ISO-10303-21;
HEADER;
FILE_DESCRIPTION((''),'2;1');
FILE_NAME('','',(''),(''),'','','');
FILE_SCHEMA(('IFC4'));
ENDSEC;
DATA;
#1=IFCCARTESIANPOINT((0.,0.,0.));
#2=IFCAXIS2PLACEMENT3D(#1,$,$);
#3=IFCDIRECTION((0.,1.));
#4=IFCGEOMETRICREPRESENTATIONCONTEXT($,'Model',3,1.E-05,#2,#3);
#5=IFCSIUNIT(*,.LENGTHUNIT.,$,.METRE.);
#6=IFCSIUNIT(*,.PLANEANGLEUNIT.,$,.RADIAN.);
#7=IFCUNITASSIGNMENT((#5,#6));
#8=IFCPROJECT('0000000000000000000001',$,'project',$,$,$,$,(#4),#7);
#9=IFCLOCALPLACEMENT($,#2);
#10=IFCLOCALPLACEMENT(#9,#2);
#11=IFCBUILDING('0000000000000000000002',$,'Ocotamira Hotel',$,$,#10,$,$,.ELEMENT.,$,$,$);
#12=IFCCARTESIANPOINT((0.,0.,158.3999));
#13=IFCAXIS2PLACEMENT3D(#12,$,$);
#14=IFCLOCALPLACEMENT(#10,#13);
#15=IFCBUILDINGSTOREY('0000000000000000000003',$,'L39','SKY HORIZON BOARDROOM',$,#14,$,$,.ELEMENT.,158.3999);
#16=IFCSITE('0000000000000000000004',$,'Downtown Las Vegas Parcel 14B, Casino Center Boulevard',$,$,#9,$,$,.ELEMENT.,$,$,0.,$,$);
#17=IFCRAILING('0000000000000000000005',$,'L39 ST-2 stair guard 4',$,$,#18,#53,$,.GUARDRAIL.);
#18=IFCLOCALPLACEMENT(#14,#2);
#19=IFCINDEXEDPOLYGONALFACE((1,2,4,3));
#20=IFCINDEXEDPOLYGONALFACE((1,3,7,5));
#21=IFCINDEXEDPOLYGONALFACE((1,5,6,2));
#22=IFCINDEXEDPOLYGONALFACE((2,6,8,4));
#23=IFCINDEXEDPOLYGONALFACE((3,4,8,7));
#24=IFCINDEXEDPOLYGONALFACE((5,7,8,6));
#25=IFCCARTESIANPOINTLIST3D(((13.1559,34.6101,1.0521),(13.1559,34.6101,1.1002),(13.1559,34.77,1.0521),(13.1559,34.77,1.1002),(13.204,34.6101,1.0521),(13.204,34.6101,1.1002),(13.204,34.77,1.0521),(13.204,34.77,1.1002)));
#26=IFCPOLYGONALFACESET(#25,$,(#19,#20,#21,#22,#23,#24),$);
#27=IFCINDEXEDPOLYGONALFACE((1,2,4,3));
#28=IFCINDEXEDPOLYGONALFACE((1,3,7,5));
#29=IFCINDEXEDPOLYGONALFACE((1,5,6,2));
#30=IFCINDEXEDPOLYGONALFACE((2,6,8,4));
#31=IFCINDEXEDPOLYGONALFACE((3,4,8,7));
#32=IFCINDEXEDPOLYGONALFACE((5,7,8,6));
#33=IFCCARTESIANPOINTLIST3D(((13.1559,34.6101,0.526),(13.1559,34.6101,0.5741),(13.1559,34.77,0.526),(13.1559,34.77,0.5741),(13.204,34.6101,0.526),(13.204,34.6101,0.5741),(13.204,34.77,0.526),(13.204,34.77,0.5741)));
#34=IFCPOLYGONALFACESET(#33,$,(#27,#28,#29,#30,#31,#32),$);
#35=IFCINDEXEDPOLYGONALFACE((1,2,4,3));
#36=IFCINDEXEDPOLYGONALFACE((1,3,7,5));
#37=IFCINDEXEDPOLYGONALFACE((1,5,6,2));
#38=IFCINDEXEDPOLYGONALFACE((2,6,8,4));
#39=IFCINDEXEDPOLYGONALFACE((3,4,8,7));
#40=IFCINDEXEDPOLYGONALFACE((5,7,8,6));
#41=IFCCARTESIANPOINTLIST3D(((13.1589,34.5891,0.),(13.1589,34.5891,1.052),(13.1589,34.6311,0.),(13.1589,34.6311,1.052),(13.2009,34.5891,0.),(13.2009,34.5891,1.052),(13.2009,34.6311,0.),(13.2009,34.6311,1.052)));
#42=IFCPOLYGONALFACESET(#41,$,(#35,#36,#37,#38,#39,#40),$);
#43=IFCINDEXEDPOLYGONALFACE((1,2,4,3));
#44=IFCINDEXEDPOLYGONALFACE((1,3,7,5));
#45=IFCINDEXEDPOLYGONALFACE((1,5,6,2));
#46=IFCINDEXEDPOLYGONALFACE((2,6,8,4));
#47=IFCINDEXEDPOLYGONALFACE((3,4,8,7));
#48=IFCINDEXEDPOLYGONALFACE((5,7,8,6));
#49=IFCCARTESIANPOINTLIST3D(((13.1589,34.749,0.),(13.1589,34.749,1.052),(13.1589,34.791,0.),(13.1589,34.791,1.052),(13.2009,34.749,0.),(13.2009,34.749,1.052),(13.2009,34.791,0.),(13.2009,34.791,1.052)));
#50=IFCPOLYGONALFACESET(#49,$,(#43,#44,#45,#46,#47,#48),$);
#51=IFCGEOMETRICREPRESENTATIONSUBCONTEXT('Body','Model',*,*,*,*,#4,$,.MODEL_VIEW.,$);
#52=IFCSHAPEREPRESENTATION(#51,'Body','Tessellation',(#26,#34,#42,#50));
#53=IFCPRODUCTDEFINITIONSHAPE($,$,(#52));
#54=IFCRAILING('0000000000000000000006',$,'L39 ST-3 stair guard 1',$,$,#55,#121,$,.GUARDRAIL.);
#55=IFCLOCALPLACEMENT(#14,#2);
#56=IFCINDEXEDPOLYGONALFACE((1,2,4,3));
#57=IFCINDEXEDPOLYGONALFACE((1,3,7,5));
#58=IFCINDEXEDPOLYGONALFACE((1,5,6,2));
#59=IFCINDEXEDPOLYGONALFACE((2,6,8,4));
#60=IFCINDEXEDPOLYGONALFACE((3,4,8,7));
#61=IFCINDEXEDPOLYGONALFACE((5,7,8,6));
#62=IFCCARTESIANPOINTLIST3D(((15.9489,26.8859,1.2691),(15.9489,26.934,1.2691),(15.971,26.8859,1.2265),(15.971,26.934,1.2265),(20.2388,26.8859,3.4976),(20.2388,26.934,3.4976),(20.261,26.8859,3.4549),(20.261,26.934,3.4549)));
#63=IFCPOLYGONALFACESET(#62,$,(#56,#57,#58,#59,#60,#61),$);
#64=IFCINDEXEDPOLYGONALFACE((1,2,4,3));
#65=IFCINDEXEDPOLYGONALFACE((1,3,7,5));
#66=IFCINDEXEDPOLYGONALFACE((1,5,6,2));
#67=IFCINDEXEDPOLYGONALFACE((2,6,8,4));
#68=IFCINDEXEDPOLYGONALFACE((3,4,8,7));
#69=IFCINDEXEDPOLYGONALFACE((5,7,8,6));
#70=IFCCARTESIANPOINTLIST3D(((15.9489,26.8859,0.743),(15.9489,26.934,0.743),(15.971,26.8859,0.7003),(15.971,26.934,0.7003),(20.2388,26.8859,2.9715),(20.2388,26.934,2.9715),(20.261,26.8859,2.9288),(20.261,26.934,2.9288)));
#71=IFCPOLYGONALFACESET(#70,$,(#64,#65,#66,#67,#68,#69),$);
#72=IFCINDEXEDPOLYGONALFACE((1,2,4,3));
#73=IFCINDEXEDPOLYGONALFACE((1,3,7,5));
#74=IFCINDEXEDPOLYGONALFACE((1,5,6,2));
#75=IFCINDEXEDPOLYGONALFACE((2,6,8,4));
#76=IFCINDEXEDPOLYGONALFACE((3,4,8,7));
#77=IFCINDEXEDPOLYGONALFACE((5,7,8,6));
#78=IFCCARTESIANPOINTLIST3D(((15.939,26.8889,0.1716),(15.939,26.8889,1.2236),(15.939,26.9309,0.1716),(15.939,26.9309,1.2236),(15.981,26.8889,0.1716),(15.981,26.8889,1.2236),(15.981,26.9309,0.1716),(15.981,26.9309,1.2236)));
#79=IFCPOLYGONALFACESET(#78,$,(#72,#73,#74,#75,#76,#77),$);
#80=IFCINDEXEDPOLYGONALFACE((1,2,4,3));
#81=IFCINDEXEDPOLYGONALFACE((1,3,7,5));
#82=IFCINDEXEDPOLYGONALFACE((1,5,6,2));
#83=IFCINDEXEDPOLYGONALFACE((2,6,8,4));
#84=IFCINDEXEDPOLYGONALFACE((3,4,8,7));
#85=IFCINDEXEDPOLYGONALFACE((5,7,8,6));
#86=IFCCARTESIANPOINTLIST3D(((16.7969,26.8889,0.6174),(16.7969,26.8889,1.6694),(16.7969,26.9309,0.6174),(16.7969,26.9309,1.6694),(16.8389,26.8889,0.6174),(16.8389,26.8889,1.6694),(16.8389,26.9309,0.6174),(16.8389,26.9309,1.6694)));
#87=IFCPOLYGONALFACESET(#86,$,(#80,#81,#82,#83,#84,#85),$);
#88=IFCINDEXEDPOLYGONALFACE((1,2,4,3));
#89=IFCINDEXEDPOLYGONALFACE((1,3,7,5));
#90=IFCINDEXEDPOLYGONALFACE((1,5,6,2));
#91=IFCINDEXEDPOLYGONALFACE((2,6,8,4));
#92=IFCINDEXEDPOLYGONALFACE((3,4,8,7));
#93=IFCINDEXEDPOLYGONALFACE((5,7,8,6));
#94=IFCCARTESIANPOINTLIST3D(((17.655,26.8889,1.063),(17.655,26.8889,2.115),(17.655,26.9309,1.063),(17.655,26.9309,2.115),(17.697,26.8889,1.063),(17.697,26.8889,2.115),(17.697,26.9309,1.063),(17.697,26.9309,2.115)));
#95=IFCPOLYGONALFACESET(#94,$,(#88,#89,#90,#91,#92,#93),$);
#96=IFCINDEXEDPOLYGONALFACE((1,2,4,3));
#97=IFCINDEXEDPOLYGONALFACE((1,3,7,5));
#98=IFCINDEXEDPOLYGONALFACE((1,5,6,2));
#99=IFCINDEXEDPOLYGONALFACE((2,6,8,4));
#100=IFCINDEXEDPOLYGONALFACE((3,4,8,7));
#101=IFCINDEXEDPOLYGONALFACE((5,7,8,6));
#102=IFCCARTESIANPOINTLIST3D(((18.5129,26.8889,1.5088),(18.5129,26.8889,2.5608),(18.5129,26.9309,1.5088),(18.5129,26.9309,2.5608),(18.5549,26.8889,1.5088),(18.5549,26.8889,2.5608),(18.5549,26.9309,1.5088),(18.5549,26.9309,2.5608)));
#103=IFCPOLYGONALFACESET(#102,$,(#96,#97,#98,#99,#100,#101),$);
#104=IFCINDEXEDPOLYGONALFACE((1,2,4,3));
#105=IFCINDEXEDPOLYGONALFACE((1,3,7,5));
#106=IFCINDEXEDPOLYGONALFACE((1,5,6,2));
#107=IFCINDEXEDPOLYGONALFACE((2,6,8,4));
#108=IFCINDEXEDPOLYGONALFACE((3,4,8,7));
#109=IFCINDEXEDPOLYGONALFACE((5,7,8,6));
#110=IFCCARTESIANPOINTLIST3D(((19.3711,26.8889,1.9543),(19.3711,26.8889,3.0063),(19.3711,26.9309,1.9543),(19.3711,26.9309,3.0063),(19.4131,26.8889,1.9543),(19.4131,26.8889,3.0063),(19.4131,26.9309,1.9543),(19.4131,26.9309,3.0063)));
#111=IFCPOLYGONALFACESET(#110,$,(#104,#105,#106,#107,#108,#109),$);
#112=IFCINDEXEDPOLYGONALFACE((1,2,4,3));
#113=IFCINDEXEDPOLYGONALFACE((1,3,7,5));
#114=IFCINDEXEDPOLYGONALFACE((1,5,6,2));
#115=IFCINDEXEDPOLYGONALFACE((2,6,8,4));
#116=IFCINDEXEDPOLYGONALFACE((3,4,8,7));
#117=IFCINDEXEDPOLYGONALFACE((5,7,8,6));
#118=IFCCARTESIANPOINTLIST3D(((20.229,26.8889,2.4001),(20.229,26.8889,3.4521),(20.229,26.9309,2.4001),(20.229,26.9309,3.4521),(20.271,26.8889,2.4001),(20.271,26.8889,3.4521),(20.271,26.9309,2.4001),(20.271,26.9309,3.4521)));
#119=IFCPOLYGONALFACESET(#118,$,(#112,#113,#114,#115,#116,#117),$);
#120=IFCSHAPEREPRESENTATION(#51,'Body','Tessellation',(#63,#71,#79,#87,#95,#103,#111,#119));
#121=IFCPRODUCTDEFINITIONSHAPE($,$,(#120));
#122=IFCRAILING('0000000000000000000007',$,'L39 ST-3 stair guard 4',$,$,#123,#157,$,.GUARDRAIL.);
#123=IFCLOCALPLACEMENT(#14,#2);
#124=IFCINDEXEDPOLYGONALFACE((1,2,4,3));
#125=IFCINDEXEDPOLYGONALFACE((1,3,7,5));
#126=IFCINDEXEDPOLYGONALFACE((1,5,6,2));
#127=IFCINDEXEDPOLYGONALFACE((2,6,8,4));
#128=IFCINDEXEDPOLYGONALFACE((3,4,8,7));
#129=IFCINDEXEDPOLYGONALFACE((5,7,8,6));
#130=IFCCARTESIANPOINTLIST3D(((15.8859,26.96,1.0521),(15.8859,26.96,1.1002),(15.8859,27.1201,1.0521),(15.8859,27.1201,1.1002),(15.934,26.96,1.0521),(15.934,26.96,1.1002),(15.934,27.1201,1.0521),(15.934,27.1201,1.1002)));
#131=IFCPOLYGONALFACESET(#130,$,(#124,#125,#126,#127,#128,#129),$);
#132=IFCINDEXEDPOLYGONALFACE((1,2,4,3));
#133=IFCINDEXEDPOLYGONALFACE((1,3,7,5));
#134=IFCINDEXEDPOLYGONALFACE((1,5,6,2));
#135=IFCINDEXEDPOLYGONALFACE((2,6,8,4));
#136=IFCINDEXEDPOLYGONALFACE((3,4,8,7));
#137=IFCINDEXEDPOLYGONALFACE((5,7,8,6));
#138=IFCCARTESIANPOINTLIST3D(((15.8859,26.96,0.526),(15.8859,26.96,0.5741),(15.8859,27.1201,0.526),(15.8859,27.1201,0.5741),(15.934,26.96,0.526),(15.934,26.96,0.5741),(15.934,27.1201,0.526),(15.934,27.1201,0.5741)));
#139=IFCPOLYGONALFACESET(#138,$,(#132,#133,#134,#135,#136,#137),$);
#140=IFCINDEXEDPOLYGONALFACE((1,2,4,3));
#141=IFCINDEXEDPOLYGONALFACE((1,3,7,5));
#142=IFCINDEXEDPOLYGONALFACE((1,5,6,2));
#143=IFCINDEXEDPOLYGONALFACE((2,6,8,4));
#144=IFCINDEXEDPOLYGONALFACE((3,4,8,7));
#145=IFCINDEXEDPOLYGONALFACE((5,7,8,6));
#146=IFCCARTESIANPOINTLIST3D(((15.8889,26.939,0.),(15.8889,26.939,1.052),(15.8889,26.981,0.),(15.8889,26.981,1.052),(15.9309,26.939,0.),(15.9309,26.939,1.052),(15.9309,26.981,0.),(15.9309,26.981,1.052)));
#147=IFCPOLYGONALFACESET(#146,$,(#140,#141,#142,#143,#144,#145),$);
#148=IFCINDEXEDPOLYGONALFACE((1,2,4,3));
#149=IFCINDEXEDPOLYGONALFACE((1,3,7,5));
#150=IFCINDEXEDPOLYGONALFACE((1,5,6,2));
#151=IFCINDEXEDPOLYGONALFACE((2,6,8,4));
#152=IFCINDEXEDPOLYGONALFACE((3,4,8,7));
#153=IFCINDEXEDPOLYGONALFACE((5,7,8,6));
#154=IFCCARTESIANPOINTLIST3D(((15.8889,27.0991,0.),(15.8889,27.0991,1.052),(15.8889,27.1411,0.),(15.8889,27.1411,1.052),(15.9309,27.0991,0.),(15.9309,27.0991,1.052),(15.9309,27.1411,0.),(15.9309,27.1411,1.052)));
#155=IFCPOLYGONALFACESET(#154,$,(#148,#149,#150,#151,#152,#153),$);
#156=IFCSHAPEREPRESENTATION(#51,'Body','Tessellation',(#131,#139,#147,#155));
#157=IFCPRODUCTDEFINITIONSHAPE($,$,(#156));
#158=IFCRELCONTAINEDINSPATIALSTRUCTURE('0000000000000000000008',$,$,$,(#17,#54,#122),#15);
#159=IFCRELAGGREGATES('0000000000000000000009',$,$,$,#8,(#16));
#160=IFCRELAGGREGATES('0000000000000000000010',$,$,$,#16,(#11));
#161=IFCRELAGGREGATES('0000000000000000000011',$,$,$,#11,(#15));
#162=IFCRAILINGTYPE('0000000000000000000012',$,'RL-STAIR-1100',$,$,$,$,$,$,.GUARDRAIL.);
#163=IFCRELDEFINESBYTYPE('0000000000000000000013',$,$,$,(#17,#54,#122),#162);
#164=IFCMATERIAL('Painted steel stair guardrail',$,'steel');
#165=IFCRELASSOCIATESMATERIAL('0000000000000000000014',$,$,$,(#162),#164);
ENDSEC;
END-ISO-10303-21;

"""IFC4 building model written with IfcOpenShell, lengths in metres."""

from ifc_helpers import new_model, si_unit, direction, frame, origin, origin_2d, place, context, subcontext, project, spatial, rectangle, extrude, material, type_object, element, save


model = new_model("IFC4")

# Units and contexts
model_context = context("Model", 3, precision=1e-05, world=origin(), true_north=direction((0.0, 1.0)))
body_context = subcontext(model_context, "Body", "Model", "MODEL_VIEW")
ifc_project = project(units=[si_unit("LENGTHUNIT", "METRE"), si_unit("PLANEANGLEUNIT", "RADIAN")], contexts=[model_context])

# Site, building, storey
site_placement = place(None, origin())
site = spatial("IfcSite", under=ifc_project, at=site_placement, Name="Downtown Las Vegas Parcel 14B, Casino Center Boulevard", CompositionType="ELEMENT", RefElevation=0.0)
building_placement = place(site_placement, origin())
building = spatial("IfcBuilding", under=site, at=building_placement, Name="Ocotamira Hotel", CompositionType="ELEMENT")
storey_placement = place(building_placement, frame((0.0, 0.0, 158.3999)))
storey = spatial("IfcBuildingStorey", under=building, at=storey_placement, Name="L39", Description="SKY HORIZON BOARDROOM", CompositionType="ELEMENT", Elevation=158.3999)

# Railings
ifc_material_1 = material(Name="Painted steel stair guardrail", Category="steel")
railing_type_1 = type_object("IfcRailingType", Name="RL-STAIR-1100", PredefinedType="GUARDRAIL", material=ifc_material_1)
railing_1_placement = place(storey_placement, frame((13.1799, 34.6101, 0.0)))
element("IfcRailing", 1, at=railing_1_placement, inside=storey, type_object=railing_type_1, Name="L39 ST-2 stair guard 4", PredefinedType="GUARDRAIL", context=body_context, shape_type="SweptSolid", body=[
    extrude(rectangle(XDim=0.0481, YDim=0.0481, at=origin_2d()), frame((0.0, 0.0, 1.0762), z_axis=(0.0, 1.0, 0.0), x_axis=(-1.0, 0.0, 0.0)), (0.0, 0.0, 1.0), 0.1599),
    extrude(rectangle(XDim=0.0481, YDim=0.0481, at=origin_2d()), frame((0.0, 0.0, 0.55), z_axis=(0.0, 1.0, 0.0), x_axis=(-1.0, 0.0, 0.0)), (0.0, 0.0, 1.0), 0.1599),
    extrude(rectangle(XDim=0.042, YDim=0.042, at=origin_2d()), origin(), (0.0, 0.0, 1.0), 1.052),
    extrude(rectangle(XDim=0.042, YDim=0.042, at=origin_2d()), frame((0.0, 0.1599, 0.0)), (0.0, 0.0, 1.0), 1.052),
])
railing_2_placement = place(storey_placement, frame((15.96, 26.9099, 0.1716)))
element("IfcRailing", 2, at=railing_2_placement, inside=storey, type_object=railing_type_1, Name="L39 ST-3 stair guard 1", PredefinedType="GUARDRAIL", context=body_context, shape_type="SweptSolid", body=[
    extrude(rectangle(XDim=0.0481, YDim=0.0481, at=origin_2d()), frame((0.0, 0.0, 1.0762), z_axis=(0.887412, 0.0, 0.460977), x_axis=(0.0, 1.0, 0.0)), (0.0, 0.0, 1.0), 4.8342),
    extrude(rectangle(XDim=0.0481, YDim=0.0481, at=origin_2d()), frame((0.0, 0.0, 0.55), z_axis=(0.887412, 0.0, 0.460977), x_axis=(0.0, 1.0, 0.0)), (0.0, 0.0, 1.0), 4.8342),
    extrude(rectangle(XDim=0.042, YDim=0.042, at=origin_2d()), origin(), (0.0, 0.0, 1.0), 1.052),
    extrude(rectangle(XDim=0.042, YDim=0.042, at=origin_2d()), frame((0.8579, 0.0, 0.4458)), (0.0, 0.0, 1.0), 1.052),
    extrude(rectangle(XDim=0.042, YDim=0.042, at=origin_2d()), frame((1.7161, 0.0, 0.8914)), (0.0, 0.0, 1.0), 1.052),
    extrude(rectangle(XDim=0.042, YDim=0.042, at=origin_2d()), frame((2.574, 0.0, 1.3372)), (0.0, 0.0, 1.0), 1.052),
    extrude(rectangle(XDim=0.042, YDim=0.042, at=origin_2d()), frame((3.4321, 0.0, 1.7827)), (0.0, 0.0, 1.0), 1.052),
    extrude(rectangle(XDim=0.042, YDim=0.042, at=origin_2d()), frame((4.29, 0.0, 2.2285)), (0.0, 0.0, 1.0), 1.052),
])
railing_3_placement = place(storey_placement, frame((15.9099, 26.96, 0.0)))
element("IfcRailing", 3, at=railing_3_placement, inside=storey, type_object=railing_type_1, Name="L39 ST-3 stair guard 4", PredefinedType="GUARDRAIL", context=body_context, shape_type="SweptSolid", body=[
    extrude(rectangle(XDim=0.0481, YDim=0.0481, at=origin_2d()), frame((0.0, 0.0, 1.0762), z_axis=(0.0, 1.0, 0.0), x_axis=(-1.0, 0.0, 0.0)), (0.0, 0.0, 1.0), 0.1602),
    extrude(rectangle(XDim=0.0481, YDim=0.0481, at=origin_2d()), frame((0.0, 0.0, 0.55), z_axis=(0.0, 1.0, 0.0), x_axis=(-1.0, 0.0, 0.0)), (0.0, 0.0, 1.0), 0.1602),
    extrude(rectangle(XDim=0.042, YDim=0.042, at=origin_2d()), origin(), (0.0, 0.0, 1.0), 1.052),
    extrude(rectangle(XDim=0.042, YDim=0.042, at=origin_2d()), frame((0.0, 0.1602, 0.0)), (0.0, 0.0, 1.0), 1.052),
])

save(model, "model.ifc")
